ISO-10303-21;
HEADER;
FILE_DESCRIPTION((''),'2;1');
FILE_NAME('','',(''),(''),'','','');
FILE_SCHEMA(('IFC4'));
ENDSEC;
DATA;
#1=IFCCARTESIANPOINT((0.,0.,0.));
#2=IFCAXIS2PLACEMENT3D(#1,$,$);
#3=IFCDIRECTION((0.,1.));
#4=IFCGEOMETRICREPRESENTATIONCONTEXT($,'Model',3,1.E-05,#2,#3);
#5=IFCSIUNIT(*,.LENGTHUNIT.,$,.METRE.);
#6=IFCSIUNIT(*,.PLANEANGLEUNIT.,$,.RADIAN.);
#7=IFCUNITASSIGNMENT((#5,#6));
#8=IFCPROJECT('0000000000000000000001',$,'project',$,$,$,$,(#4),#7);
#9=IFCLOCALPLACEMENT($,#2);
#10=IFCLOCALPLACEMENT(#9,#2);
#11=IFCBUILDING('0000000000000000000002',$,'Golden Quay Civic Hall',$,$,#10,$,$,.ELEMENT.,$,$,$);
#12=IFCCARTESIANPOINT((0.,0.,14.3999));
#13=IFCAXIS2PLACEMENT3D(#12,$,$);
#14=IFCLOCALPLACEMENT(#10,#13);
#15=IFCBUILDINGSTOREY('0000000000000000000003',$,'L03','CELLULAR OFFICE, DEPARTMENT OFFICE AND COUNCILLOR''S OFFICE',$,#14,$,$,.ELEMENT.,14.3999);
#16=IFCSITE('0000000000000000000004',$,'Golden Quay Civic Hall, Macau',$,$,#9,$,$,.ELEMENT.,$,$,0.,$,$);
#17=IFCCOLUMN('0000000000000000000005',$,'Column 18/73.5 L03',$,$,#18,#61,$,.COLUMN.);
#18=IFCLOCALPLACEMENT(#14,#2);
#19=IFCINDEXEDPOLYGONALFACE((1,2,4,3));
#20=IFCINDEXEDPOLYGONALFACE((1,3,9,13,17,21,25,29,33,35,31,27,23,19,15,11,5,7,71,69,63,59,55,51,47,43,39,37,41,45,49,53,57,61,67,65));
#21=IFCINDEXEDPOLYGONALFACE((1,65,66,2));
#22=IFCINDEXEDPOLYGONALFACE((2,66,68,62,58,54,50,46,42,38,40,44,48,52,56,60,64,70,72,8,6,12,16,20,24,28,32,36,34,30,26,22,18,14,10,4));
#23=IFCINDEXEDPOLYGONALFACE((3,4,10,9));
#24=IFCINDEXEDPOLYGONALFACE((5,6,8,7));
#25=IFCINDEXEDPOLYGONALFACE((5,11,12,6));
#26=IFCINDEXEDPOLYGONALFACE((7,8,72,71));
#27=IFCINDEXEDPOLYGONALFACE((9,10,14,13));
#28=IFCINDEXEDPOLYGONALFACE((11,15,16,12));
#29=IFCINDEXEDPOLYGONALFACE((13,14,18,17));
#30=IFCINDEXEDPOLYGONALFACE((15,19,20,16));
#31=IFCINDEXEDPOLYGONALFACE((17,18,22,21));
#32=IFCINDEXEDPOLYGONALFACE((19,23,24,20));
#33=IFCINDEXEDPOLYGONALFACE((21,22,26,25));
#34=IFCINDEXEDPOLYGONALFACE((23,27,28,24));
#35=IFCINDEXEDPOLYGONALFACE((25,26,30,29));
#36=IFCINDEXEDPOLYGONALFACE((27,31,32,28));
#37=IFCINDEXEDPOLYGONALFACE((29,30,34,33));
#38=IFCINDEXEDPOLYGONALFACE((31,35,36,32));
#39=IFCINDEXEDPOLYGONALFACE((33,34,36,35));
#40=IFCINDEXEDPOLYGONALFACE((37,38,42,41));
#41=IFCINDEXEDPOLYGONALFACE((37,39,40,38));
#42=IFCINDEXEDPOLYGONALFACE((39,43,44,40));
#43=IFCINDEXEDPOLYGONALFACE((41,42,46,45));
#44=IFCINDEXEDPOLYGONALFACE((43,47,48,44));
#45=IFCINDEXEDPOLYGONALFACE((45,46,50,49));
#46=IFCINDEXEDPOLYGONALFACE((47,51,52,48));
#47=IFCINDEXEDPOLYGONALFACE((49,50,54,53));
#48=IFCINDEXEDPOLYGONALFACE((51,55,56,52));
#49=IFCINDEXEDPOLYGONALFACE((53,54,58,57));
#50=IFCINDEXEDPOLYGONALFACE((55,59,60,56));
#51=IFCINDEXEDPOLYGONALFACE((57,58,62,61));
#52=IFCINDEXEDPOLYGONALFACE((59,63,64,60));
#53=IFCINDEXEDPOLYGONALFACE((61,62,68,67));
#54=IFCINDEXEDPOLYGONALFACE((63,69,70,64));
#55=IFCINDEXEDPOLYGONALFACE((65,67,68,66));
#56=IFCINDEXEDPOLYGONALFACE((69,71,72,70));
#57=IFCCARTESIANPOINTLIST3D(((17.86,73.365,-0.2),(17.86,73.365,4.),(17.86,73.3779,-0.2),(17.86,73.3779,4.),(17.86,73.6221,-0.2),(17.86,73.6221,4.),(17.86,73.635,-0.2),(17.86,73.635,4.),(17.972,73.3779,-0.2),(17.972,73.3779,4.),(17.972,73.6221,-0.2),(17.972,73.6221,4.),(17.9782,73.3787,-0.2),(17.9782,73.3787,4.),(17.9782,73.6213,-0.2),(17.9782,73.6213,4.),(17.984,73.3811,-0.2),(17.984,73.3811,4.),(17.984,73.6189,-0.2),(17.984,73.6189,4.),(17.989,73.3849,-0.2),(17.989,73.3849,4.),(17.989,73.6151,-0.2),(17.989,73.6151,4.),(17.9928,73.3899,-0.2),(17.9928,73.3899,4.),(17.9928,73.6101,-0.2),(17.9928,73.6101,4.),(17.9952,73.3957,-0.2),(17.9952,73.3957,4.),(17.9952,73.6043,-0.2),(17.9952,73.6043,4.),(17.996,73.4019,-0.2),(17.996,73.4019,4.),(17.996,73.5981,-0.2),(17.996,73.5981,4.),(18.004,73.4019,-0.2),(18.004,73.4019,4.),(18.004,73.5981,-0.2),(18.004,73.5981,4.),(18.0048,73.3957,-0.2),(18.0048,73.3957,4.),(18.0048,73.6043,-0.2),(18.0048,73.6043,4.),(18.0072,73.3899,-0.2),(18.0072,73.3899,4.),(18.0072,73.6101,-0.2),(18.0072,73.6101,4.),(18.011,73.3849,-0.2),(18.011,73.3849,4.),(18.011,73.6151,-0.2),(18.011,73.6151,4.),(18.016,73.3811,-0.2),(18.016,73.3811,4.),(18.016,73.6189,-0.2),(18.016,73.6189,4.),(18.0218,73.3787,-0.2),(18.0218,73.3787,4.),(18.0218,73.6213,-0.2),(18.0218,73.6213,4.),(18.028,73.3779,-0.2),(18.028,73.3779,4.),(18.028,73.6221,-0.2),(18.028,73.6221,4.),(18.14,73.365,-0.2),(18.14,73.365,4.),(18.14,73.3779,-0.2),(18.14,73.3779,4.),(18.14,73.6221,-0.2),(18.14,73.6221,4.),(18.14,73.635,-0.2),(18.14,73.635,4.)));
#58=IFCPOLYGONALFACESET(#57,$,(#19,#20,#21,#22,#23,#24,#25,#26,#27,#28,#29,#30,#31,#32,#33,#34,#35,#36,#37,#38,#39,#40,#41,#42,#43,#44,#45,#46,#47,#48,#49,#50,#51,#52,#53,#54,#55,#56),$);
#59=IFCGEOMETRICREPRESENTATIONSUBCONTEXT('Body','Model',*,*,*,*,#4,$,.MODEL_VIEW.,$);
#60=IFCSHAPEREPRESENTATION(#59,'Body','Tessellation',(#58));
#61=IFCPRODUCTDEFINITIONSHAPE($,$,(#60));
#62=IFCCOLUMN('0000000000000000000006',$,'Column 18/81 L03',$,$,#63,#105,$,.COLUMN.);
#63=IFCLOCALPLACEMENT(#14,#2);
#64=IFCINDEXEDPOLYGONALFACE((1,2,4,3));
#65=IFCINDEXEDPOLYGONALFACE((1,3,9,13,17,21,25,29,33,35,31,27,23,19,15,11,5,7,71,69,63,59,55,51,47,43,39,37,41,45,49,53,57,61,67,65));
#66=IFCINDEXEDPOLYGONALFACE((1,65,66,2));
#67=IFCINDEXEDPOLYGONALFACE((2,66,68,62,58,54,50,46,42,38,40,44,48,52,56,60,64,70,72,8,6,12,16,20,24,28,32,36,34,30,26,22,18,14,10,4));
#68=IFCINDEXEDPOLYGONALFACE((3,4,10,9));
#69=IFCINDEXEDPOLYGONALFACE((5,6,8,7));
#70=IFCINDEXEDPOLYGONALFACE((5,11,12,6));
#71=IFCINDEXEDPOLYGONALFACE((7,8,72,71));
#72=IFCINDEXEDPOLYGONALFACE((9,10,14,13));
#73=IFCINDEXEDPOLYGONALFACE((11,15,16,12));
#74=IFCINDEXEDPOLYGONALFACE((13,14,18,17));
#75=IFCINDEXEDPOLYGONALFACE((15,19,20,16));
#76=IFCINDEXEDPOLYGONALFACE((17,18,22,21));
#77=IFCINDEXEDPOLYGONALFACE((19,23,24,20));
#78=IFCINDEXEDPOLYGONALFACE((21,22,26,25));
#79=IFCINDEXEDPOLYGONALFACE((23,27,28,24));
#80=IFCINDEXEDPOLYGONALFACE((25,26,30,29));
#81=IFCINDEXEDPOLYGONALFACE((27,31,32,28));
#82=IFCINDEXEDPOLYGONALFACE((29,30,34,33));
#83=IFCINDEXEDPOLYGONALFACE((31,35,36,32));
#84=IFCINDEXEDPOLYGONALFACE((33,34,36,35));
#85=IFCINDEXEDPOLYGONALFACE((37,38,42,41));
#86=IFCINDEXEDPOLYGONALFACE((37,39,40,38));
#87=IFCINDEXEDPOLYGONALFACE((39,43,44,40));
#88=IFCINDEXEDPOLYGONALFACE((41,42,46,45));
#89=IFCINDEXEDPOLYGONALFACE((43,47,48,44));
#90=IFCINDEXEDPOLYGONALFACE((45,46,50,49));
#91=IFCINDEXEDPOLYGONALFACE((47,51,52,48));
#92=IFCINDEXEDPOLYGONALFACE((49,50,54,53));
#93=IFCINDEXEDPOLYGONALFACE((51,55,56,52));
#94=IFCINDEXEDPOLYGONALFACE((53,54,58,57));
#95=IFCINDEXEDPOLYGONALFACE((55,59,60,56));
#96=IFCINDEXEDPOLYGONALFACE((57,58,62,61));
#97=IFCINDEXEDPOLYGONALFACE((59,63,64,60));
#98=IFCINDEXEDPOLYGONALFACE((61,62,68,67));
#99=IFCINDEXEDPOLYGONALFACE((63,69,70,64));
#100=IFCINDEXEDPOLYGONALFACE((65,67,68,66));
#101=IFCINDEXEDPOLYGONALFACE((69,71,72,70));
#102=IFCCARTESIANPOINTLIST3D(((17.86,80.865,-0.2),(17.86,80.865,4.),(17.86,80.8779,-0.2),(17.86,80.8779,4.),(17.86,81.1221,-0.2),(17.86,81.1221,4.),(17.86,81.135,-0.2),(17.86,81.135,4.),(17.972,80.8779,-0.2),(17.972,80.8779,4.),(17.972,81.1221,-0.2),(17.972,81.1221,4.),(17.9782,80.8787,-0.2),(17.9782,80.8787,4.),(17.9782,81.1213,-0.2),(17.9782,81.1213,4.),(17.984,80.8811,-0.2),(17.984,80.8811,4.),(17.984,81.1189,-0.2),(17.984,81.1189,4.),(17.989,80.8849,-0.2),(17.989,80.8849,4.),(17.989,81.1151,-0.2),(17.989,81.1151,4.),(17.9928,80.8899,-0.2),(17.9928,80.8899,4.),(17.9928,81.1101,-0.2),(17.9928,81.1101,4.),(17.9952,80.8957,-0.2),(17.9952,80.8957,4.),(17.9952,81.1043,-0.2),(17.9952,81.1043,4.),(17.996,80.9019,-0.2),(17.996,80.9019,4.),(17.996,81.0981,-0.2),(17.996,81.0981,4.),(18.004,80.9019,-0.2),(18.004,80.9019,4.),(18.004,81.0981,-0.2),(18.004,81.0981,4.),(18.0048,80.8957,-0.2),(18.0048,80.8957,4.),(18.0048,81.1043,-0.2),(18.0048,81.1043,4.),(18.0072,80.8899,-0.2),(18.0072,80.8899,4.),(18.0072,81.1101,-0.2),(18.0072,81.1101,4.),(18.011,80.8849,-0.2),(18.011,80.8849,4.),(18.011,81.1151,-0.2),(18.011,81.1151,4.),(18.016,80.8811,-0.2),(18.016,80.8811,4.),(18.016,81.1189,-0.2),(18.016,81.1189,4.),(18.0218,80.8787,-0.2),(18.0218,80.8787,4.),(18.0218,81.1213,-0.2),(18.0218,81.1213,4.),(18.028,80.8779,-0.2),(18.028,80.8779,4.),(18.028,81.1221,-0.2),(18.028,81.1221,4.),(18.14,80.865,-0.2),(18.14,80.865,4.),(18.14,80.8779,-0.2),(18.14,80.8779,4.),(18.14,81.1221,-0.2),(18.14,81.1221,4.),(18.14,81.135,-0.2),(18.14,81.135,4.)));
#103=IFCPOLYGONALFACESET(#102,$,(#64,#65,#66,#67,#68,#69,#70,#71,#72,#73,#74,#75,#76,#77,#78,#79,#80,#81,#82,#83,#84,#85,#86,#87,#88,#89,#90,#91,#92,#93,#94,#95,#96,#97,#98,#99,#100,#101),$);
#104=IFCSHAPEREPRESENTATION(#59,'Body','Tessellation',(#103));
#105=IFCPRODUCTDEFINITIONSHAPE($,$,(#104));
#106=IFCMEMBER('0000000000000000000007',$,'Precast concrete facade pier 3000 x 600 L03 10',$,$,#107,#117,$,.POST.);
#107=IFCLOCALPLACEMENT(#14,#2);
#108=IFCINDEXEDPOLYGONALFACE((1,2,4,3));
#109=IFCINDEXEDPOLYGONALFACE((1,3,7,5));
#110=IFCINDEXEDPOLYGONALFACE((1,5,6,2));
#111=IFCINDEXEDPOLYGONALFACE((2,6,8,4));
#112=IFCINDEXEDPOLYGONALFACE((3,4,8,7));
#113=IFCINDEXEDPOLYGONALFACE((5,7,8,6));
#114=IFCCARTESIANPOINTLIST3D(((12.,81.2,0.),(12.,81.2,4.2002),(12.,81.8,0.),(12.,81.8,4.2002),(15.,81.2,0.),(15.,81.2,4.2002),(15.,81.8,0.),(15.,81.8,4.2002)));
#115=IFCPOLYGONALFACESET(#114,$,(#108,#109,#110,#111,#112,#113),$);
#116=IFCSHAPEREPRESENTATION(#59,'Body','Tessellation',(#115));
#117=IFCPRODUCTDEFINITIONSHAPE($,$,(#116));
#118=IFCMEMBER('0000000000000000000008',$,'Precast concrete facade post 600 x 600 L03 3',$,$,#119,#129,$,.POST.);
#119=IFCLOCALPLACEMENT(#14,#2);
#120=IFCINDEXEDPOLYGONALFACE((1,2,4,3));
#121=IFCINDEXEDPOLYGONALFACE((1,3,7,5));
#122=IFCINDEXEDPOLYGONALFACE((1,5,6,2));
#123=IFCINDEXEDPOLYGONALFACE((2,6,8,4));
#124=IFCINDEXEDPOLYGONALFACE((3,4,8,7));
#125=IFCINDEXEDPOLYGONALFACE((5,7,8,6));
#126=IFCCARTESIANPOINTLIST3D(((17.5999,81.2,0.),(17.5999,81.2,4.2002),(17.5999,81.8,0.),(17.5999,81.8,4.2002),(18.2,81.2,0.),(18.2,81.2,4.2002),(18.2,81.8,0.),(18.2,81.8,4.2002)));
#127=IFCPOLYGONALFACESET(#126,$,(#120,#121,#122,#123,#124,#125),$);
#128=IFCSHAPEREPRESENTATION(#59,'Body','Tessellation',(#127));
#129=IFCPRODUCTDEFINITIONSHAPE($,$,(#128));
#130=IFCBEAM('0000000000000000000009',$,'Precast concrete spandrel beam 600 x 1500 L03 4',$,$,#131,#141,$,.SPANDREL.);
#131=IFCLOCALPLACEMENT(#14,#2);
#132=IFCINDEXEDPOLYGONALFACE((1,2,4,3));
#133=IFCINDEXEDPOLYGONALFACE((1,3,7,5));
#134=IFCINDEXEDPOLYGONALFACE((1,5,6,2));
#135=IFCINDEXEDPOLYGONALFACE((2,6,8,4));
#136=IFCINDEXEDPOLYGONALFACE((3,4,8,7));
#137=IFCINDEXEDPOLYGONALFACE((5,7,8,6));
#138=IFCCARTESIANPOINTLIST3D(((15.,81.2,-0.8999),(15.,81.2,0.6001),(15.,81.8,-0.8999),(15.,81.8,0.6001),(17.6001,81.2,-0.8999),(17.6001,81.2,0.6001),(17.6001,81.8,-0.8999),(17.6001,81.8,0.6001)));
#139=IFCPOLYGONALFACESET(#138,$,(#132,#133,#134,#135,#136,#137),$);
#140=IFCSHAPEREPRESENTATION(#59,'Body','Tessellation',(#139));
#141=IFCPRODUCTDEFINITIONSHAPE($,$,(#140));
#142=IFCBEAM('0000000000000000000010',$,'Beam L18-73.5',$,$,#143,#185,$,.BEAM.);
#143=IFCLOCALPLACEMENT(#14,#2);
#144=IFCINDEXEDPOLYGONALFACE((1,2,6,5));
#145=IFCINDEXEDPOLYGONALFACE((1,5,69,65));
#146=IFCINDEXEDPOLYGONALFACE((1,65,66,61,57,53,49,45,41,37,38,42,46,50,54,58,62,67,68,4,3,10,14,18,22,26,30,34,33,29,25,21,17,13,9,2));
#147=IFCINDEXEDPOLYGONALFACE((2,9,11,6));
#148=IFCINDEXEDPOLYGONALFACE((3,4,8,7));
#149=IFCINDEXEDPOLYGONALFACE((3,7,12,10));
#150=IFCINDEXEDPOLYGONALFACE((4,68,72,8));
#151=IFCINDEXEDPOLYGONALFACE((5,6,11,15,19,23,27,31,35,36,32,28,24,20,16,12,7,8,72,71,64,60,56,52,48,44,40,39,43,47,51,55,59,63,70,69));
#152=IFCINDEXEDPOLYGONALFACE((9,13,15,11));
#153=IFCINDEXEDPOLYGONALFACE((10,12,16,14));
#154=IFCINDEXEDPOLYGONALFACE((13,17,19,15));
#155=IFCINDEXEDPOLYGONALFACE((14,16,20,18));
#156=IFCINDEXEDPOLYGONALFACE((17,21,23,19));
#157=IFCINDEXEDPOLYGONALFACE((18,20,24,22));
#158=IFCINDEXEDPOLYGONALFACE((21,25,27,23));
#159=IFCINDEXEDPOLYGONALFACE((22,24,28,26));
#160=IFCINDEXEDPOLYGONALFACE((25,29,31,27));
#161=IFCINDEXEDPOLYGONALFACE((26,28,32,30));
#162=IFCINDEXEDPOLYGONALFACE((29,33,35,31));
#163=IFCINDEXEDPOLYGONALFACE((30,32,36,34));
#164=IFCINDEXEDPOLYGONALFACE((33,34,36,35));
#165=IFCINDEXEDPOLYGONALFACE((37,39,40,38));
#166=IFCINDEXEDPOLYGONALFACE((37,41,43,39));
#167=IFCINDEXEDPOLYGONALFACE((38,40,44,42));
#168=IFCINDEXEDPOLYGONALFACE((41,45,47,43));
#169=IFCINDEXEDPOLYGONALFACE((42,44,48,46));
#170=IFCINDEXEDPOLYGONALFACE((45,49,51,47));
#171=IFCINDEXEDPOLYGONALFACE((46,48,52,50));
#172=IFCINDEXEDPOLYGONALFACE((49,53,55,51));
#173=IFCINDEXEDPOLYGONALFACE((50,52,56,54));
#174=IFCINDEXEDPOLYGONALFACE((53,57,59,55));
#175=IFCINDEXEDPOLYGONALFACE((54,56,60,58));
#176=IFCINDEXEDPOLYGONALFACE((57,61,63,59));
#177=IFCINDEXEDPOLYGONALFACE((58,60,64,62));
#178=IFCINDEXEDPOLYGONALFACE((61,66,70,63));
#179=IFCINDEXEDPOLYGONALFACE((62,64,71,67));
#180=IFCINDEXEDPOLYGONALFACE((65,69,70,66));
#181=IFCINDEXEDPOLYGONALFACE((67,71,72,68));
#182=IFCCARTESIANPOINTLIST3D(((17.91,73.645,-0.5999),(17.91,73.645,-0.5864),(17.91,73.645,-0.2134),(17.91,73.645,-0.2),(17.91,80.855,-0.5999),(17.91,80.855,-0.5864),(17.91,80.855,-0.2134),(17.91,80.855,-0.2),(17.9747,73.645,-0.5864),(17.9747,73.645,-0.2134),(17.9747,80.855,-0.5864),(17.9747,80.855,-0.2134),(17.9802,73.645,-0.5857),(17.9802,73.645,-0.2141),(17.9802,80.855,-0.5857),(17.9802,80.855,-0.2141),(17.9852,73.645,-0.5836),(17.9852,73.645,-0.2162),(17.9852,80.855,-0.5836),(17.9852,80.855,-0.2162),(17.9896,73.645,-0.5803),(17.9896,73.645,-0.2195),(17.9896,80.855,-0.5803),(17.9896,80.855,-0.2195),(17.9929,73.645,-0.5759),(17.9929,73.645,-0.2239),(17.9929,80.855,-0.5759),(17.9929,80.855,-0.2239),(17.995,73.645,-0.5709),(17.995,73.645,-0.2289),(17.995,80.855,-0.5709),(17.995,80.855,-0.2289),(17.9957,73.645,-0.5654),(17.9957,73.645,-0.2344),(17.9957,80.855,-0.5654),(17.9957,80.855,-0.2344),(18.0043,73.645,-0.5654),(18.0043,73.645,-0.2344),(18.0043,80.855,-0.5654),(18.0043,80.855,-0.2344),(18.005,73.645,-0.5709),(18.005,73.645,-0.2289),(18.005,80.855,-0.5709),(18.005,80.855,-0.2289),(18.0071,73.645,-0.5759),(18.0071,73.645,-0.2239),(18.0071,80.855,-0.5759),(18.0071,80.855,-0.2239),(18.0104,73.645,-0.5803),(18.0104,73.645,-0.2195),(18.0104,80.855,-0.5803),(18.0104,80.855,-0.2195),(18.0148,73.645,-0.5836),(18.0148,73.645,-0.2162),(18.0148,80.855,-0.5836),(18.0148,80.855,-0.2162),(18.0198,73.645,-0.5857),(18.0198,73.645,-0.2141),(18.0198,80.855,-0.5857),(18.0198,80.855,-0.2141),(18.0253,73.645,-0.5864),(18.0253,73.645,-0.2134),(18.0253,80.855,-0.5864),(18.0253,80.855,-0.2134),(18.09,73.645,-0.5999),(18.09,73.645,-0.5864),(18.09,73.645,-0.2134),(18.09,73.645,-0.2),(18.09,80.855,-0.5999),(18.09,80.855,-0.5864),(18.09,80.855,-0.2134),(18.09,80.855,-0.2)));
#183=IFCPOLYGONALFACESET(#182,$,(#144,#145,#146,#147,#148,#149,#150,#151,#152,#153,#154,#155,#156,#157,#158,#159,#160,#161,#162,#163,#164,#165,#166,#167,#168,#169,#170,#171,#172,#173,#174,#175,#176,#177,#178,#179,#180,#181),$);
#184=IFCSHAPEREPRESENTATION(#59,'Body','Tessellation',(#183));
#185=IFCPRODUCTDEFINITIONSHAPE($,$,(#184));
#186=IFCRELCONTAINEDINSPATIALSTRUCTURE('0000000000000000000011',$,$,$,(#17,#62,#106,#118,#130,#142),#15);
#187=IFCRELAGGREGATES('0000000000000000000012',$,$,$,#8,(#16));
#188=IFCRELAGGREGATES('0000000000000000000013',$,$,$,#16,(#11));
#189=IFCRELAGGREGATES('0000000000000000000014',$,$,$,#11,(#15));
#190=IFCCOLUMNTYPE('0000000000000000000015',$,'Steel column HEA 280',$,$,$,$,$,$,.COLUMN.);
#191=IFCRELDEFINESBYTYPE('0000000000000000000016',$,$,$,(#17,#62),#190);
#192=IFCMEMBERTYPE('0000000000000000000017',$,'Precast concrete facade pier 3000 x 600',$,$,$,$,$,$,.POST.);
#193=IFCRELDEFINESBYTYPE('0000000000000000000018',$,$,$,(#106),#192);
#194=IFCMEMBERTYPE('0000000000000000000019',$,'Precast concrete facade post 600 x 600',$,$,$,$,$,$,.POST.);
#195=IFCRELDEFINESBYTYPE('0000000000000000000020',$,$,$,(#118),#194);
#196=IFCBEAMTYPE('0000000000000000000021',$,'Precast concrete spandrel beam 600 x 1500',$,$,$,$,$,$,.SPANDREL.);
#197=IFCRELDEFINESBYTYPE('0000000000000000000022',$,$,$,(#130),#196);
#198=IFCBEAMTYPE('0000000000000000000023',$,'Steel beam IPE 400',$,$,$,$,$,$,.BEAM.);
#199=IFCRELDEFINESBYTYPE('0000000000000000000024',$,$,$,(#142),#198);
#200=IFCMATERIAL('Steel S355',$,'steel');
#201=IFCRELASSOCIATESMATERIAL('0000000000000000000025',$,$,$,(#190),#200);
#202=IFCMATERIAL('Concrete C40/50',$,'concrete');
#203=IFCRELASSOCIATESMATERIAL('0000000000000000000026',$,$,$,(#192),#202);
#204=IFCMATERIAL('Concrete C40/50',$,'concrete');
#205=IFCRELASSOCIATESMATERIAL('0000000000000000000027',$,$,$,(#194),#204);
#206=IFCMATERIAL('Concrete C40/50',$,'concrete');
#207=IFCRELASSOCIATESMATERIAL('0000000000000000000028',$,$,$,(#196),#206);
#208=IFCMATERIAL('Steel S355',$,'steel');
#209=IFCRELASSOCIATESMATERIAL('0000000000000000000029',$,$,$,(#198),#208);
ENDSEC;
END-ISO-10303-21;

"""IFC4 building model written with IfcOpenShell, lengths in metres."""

from ifc_helpers import new_model, si_unit, direction, frame, origin, origin_2d, place, context, subcontext, project, spatial, rectangle, i_section, extrude, material, material_profile, profile_set, type_object, element, save


model = new_model("IFC4")

# Units and contexts
model_context = context("Model", 3, precision=1e-05, world=origin(), true_north=direction((0.0, 1.0)))
body_context = subcontext(model_context, "Body", "Model", "MODEL_VIEW")
ifc_project = project(units=[si_unit("LENGTHUNIT", "METRE"), si_unit("PLANEANGLEUNIT", "RADIAN")], contexts=[model_context])

# Site, building, storey
site_placement = place(None, origin())
site = spatial("IfcSite", under=ifc_project, at=site_placement, Name="Golden Quay Civic Hall, Macau", CompositionType="ELEMENT", RefElevation=0.0)
building_placement = place(site_placement, origin())
building = spatial("IfcBuilding", under=site, at=building_placement, Name="Golden Quay Civic Hall", CompositionType="ELEMENT")
storey_placement = place(building_placement, frame((0.0, 0.0, 14.3999)))
storey = spatial("IfcBuildingStorey", under=building, at=storey_placement, Name="L03", Description="CELLULAR OFFICE, DEPARTMENT OFFICE AND COUNCILLOR'S OFFICE", CompositionType="ELEMENT", Elevation=14.3999)

# Columns
ifc_material_1 = material(Name="Steel S355", Category="steel")
ifc_material_profile_1 = material_profile(ifc_material_1, i_section(OverallWidth=0.28, OverallDepth=0.27, WebThickness=0.0081, FlangeThickness=0.0129, FilletRadius=0.0239, at=origin_2d()), Name="HEA 280")
ifc_profile_set_1 = profile_set([ifc_material_profile_1], Name="Steel S355")
column_type = type_object("IfcColumnType", Name="Steel column HEA 280", PredefinedType="COLUMN", material=ifc_profile_set_1)
for number, where, z_axis, x_axis, name in (
    (1, (18.0, 73.5, -0.2), (0.0, 0.0, 1.0), (1.0, 0.0, 0.0), "Column 18/73.5 L03"),
    (2, (18.0, 81.0, -0.2), (0.0, 0.0, 1.0), (1.0, 0.0, 0.0), "Column 18/81 L03"),
):
    element("IfcColumn", number, at=place(storey_placement, frame(where, z_axis=z_axis, x_axis=x_axis)), inside=storey, type_object=column_type, Name=name, PredefinedType="COLUMN", context=body_context, shape_type="SweptSolid", body=[
        extrude(i_section(OverallWidth=0.28, OverallDepth=0.27, WebThickness=0.0081, FlangeThickness=0.0129, FilletRadius=0.0239, at=origin_2d()), origin(), (0.0, 0.0, 1.0), 4.2),
    ])

# Members
ifc_material_2 = material(Name="Concrete C40/50", Category="concrete")
ifc_material_profile_2 = material_profile(ifc_material_2, rectangle(XDim=3.0, YDim=0.6001, at=origin_2d()), Name="RC 3000x600")
ifc_profile_set_2 = profile_set([ifc_material_profile_2], Name="Concrete C40/50")
member_type_1 = type_object("IfcMemberType", Name="Precast concrete facade pier 3000 x 600", PredefinedType="POST", material=ifc_profile_set_2)
member_1_placement = place(storey_placement, frame((13.5, 81.5, 0.0), z_axis=(0.0, 0.0, 1.0), x_axis=(1.0, 0.0, 0.0)))
element("IfcMember", 3, at=member_1_placement, inside=storey, type_object=member_type_1, Name="Precast concrete facade pier 3000 x 600 L03 10", PredefinedType="POST", context=body_context, shape_type="SweptSolid", body=[
    extrude(rectangle(XDim=3.0, YDim=0.6001, at=origin_2d()), origin(), (0.0, 0.0, 1.0), 4.2002),
])
ifc_material_3 = material(Name="Concrete C40/50", Category="concrete")
ifc_material_profile_3 = material_profile(ifc_material_3, rectangle(XDim=0.6001, YDim=0.6001, at=origin_2d()), Name="RC 600x600")
ifc_profile_set_3 = profile_set([ifc_material_profile_3], Name="Concrete C40/50")
member_type_2 = type_object("IfcMemberType", Name="Precast concrete facade post 600 x 600", PredefinedType="POST", material=ifc_profile_set_3)
member_2_placement = place(storey_placement, frame((17.8999, 81.5, 0.0), z_axis=(0.0, 0.0, 1.0), x_axis=(1.0, 0.0, 0.0)))
element("IfcMember", 4, at=member_2_placement, inside=storey, type_object=member_type_2, Name="Precast concrete facade post 600 x 600 L03 3", PredefinedType="POST", context=body_context, shape_type="SweptSolid", body=[
    extrude(rectangle(XDim=0.6001, YDim=0.6001, at=origin_2d()), origin(), (0.0, 0.0, 1.0), 4.2002),
])

# Beams
ifc_material_4 = material(Name="Concrete C40/50", Category="concrete")
ifc_material_profile_4 = material_profile(ifc_material_4, rectangle(XDim=0.6001, YDim=1.5, at=origin_2d()), Name="RC 600x1500")
ifc_profile_set_4 = profile_set([ifc_material_profile_4], Name="Concrete C40/50")
beam_type_1 = type_object("IfcBeamType", Name="Precast concrete spandrel beam 600 x 1500", PredefinedType="SPANDREL", material=ifc_profile_set_4)
beam_1_placement = place(storey_placement, frame((15.0, 81.5, -0.1499), z_axis=(1.0, 0.0, 0.0), x_axis=(0.0, 1.0, 0.0)))
element("IfcBeam", 5, at=beam_1_placement, inside=storey, type_object=beam_type_1, Name="Precast concrete spandrel beam 600 x 1500 L03 4", PredefinedType="SPANDREL", context=body_context, shape_type="SweptSolid", body=[
    extrude(rectangle(XDim=0.6001, YDim=1.5, at=origin_2d()), origin(), (0.0, 0.0, 1.0), 2.6001),
])
ifc_material_5 = material(Name="Steel S355", Category="steel")
ifc_material_profile_5 = material_profile(ifc_material_5, i_section(OverallWidth=0.1799, OverallDepth=0.3999, WebThickness=0.0085, FlangeThickness=0.0134, FilletRadius=0.021, at=origin_2d()), Name="IPE 400")
ifc_profile_set_5 = profile_set([ifc_material_profile_5], Name="Steel S355")
beam_type_2 = type_object("IfcBeamType", Name="Steel beam IPE 400", PredefinedType="BEAM", material=ifc_profile_set_5)
beam_2_placement = place(storey_placement, frame((18.0, 73.645, -0.3999), z_axis=(0.0, 1.0, 0.0), x_axis=(-1.0, 0.0, 0.0)))
element("IfcBeam", 6, at=beam_2_placement, inside=storey, type_object=beam_type_2, Name="Beam L18-73.5", PredefinedType="BEAM", context=body_context, shape_type="SweptSolid", body=[
    extrude(i_section(OverallWidth=0.1799, OverallDepth=0.3999, WebThickness=0.0085, FlangeThickness=0.0134, FilletRadius=0.021, at=origin_2d()), origin(), (0.0, 0.0, 1.0), 7.21),
])

save(model, "model.ifc")
